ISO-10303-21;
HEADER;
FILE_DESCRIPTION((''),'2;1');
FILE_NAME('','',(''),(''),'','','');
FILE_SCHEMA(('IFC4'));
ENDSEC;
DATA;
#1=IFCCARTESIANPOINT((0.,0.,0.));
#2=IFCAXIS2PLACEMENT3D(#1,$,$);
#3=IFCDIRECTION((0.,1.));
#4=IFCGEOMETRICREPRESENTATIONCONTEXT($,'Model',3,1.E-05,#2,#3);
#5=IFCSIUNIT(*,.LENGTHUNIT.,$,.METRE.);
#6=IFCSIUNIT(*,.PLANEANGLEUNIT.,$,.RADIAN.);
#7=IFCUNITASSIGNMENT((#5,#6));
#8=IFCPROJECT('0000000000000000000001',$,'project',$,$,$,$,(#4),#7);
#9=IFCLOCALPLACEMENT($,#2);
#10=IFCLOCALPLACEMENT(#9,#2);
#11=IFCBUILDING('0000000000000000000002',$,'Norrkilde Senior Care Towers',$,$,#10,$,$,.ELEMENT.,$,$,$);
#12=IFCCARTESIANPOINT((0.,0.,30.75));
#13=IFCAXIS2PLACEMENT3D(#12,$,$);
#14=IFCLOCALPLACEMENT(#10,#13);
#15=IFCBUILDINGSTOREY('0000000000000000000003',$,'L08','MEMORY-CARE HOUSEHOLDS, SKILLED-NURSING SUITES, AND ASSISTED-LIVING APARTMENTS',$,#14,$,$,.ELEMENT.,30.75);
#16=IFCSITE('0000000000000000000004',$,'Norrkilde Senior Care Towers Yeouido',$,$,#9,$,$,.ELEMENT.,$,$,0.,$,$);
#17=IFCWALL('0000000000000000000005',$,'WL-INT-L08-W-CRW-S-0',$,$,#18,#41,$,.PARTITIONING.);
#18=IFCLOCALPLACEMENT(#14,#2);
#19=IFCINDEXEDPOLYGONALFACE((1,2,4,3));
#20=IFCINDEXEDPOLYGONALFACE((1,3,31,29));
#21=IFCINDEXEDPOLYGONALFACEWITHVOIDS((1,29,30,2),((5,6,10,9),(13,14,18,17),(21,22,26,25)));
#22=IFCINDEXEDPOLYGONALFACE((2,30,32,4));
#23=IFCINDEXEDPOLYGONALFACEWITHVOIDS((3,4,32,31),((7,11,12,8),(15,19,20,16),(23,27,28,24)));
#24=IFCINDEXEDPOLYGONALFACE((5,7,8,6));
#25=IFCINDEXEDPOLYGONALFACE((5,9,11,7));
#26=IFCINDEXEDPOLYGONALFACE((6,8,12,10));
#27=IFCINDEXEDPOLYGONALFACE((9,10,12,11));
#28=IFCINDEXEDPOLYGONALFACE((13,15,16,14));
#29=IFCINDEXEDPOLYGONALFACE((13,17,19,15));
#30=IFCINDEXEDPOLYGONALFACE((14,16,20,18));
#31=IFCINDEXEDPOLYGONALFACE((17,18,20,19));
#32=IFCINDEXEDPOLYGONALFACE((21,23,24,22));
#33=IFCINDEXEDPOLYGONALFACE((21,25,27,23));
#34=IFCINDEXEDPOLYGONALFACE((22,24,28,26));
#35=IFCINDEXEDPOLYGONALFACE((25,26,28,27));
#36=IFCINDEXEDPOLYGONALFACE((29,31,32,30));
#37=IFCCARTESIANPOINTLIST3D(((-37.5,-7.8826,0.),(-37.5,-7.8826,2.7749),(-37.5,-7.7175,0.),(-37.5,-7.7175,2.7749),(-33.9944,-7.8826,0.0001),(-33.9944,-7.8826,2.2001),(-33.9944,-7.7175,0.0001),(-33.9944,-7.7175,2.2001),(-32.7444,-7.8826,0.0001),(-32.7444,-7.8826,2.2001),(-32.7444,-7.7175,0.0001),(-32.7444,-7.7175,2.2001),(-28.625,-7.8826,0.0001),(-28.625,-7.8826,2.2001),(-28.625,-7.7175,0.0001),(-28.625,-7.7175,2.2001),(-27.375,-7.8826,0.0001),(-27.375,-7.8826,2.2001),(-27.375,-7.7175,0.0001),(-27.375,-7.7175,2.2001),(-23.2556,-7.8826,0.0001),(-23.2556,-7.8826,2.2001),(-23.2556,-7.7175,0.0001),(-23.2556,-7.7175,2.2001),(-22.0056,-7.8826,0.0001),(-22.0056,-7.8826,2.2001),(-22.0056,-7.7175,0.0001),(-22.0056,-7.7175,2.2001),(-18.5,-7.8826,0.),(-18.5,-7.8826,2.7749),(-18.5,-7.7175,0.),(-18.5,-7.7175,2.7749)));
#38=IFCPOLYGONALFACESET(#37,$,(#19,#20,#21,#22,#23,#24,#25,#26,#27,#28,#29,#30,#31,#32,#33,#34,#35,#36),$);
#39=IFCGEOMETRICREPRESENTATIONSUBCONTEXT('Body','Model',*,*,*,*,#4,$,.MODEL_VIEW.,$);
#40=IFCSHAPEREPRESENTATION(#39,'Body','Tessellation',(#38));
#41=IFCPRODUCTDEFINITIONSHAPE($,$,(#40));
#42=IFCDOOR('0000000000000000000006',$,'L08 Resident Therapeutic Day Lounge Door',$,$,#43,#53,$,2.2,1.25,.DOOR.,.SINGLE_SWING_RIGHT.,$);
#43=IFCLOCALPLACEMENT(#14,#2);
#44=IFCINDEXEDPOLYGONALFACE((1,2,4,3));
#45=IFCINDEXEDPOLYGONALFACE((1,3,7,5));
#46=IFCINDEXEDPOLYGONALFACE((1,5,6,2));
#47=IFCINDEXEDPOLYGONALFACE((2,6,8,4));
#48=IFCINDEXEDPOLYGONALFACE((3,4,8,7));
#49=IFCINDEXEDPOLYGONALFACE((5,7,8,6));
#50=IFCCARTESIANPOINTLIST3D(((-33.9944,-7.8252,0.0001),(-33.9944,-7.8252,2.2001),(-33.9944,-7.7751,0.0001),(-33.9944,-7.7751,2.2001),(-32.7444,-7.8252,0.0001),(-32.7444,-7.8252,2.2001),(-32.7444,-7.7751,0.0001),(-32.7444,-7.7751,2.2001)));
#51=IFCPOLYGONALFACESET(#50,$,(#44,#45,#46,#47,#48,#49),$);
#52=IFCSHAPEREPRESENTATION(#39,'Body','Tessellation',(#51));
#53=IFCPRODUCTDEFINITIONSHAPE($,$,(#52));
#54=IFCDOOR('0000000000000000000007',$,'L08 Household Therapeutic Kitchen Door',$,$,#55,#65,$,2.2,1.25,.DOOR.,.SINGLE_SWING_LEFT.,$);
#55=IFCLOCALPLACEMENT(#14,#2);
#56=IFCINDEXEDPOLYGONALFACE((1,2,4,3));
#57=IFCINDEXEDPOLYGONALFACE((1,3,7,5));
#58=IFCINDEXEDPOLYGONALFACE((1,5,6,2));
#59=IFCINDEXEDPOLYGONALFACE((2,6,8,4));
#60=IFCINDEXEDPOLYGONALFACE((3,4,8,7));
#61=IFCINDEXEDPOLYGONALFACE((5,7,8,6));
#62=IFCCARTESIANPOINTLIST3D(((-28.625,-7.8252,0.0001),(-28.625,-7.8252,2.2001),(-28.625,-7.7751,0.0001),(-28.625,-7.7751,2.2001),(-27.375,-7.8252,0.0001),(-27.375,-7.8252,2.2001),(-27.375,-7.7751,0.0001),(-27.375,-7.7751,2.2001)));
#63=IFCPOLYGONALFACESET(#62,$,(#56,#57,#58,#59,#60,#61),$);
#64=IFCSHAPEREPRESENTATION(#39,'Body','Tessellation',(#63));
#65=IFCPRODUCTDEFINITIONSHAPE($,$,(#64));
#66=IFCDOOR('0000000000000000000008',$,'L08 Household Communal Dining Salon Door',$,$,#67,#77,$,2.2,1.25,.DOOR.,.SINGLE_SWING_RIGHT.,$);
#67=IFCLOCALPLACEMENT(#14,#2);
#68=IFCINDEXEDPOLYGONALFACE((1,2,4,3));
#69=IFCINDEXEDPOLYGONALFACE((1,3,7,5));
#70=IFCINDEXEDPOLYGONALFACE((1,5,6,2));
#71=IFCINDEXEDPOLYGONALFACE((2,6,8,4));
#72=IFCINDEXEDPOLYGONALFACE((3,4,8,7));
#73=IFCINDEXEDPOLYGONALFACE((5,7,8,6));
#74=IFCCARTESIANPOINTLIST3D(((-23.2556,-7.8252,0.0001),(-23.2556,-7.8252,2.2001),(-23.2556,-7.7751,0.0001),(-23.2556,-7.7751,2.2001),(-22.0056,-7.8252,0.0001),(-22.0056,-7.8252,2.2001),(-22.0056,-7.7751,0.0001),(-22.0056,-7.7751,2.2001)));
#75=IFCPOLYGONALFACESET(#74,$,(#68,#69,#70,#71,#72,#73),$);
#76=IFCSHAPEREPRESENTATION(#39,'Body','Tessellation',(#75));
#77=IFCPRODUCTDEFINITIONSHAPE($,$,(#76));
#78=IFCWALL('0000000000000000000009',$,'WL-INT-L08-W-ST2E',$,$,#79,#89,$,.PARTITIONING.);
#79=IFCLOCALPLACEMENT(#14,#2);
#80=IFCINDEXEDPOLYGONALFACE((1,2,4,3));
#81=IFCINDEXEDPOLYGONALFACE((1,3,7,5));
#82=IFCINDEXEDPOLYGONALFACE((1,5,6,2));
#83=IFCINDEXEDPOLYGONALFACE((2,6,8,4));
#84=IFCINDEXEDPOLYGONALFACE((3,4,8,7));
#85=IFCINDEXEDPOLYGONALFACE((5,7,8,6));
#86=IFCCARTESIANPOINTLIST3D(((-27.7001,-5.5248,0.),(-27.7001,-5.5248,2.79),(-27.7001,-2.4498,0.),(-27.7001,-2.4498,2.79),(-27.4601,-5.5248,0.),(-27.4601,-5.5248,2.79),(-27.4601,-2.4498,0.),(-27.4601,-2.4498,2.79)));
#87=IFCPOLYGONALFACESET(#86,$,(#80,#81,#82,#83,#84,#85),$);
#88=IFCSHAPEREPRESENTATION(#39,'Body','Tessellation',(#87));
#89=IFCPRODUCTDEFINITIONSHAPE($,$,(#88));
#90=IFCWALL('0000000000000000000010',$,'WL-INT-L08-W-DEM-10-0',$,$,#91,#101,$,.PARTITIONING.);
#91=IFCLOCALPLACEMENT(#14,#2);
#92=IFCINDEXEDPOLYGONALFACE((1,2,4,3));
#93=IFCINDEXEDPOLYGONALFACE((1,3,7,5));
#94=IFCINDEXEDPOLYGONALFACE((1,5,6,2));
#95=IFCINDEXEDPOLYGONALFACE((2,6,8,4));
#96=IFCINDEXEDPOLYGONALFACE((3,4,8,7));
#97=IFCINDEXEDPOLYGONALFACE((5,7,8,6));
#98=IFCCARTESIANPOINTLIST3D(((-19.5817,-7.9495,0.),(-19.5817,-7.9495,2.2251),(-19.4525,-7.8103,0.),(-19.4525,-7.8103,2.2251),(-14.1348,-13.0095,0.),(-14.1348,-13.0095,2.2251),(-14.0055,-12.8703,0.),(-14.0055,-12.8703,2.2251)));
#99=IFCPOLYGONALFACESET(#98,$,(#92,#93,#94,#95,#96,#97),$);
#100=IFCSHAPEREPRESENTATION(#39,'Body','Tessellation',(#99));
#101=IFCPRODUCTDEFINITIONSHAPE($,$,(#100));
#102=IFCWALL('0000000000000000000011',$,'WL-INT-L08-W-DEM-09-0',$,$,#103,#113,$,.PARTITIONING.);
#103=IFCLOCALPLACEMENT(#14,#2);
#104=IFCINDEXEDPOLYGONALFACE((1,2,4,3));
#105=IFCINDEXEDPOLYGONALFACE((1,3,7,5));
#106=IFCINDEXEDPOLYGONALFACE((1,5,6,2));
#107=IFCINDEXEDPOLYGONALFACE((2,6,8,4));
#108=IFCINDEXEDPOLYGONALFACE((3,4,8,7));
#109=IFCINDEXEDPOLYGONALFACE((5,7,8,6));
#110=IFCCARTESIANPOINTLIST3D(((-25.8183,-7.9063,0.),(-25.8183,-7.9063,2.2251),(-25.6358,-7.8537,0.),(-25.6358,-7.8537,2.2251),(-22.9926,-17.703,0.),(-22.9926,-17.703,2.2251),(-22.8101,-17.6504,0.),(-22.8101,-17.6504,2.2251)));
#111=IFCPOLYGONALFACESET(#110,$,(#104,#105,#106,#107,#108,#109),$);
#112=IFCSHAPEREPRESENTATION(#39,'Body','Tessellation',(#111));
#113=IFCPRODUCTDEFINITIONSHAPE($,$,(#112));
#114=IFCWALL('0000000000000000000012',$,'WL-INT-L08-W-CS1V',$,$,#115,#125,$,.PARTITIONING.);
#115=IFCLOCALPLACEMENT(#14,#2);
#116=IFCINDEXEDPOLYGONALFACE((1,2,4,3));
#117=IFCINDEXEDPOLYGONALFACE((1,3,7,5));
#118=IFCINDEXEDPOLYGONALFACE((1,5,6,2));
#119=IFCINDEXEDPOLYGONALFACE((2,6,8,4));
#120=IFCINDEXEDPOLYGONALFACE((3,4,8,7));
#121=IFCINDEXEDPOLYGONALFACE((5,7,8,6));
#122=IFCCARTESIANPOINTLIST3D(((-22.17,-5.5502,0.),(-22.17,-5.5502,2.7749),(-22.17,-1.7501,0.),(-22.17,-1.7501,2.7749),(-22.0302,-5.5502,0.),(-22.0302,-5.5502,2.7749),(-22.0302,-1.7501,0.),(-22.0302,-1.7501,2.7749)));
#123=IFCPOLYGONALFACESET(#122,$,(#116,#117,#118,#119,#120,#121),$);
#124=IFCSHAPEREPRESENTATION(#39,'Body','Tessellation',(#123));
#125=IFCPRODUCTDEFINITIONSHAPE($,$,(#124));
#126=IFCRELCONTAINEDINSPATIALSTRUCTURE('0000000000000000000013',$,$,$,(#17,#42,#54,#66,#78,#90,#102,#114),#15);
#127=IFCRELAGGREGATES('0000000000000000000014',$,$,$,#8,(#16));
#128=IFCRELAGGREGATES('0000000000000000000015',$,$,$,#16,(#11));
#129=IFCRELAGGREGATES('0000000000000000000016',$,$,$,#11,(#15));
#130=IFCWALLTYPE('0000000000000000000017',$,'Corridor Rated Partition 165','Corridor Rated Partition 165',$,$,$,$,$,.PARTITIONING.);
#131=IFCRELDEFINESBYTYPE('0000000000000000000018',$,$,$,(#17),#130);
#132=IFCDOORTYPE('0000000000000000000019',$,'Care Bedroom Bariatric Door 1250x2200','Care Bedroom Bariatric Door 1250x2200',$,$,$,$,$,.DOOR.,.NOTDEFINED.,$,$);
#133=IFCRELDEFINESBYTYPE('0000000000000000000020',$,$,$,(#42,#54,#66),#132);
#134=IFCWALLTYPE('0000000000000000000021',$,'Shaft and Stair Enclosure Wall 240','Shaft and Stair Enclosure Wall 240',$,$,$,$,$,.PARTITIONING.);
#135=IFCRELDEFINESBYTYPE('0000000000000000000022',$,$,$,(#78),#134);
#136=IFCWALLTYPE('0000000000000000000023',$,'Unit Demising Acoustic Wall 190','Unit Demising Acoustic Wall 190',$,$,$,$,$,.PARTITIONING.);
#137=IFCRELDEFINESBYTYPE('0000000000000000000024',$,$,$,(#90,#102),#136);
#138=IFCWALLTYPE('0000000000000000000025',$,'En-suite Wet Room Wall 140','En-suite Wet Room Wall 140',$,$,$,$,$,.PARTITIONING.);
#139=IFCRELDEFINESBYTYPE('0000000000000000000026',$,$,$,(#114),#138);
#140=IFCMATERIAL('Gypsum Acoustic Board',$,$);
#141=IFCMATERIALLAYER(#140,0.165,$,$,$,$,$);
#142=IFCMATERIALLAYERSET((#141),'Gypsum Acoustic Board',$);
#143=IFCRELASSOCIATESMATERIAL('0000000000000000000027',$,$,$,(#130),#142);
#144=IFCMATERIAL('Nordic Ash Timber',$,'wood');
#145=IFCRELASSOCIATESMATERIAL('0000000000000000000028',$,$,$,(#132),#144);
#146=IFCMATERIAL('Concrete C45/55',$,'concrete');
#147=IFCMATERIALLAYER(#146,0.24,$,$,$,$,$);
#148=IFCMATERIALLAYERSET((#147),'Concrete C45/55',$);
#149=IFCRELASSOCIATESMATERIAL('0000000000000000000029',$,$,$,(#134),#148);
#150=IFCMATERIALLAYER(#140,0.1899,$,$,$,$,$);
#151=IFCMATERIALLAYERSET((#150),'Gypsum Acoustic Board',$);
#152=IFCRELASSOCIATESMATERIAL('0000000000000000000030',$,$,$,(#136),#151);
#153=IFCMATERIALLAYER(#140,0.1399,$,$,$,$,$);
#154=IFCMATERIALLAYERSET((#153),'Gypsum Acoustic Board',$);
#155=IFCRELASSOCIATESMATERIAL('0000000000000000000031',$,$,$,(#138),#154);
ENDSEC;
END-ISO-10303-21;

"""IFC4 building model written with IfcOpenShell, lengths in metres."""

from ifc_helpers import new_model, si_unit, direction, frame, frame_2d, origin, place, context, subcontext, project, spatial, rectangle, extrude, source, transform, mapped, material, layer, layer_set, type_object, type_shapes, element, fill, save


model = new_model("IFC4")

# Units and contexts
model_context = context("Model", 3, precision=1e-05, world=origin(), true_north=direction((0.0, 1.0)))
body_context = subcontext(model_context, "Body", "Model", "MODEL_VIEW")
ifc_project = project(units=[si_unit("LENGTHUNIT", "METRE"), si_unit("PLANEANGLEUNIT", "RADIAN")], contexts=[model_context])

# Site, building, storey
site_placement = place(None, origin())
site = spatial("IfcSite", under=ifc_project, at=site_placement, Name="Norrkilde Senior Care Towers Yeouido", CompositionType="ELEMENT", RefElevation=0.0)
building_placement = place(site_placement, origin())
building = spatial("IfcBuilding", under=site, at=building_placement, Name="Norrkilde Senior Care Towers", CompositionType="ELEMENT")
storey_placement = place(building_placement, frame((0.0, 0.0, 30.75)))
storey = spatial("IfcBuildingStorey", under=building, at=storey_placement, Name="L08", Description="MEMORY-CARE HOUSEHOLDS, SKILLED-NURSING SUITES, AND ASSISTED-LIVING APARTMENTS", CompositionType="ELEMENT", Elevation=30.75)

# Shared definitions
ifc_material_1 = material(Name="Concrete C45/55", Category="concrete")

# Wall, openings, doors
ifc_material_2 = material(Name="Gypsum Acoustic Board")
ifc_layer_1 = layer(ifc_material_2, 0.165)
ifc_layer_set_1 = layer_set([ifc_layer_1], Name="Gypsum Acoustic Board")
wall_type_1 = type_object("IfcWallType", Name="Corridor Rated Partition 165", Description="Corridor Rated Partition 165", PredefinedType="PARTITIONING", material=ifc_layer_set_1)
shared_shape_1 = source(origin(), body_context, "Body", "SweptSolid", [
    extrude(rectangle(XDim=19.0, YDim=0.165, at=frame_2d((9.5, 0.0))), origin(), (0.0, 0.0, 1.0), 2.7749),
])
wall_1_placement = place(storey_placement, frame((-18.5, -7.8, 0.0), z_axis=(0.0, 0.0, 1.0), x_axis=(-1.0, 0.0, 0.0)))
wall_1 = element("IfcWall", 1, at=wall_1_placement, inside=storey, type_object=wall_type_1, Name="WL-INT-L08-W-CRW-S-0", PredefinedType="PARTITIONING", context=body_context, shape_type="MappedRepresentation", body=[
    mapped(shared_shape_1, transform((0.0, 0.0, 0.0), x_axis=(1.0, 0.0, 0.0), y_axis=(0.0, 1.0, 0.0), z_axis=(0.0, 0.0, 1.0), scale=1.0)),
])
opening_1_placement = place(wall_1_placement, frame((14.2444, 0.0, 0.0)))
opening_1 = element("IfcOpeningElement", 2, at=opening_1_placement, cuts=wall_1, PredefinedType="OPENING", context=body_context, shape_type="SweptSolid", body=[
    extrude(rectangle(XDim=1.25, YDim=2.2, at=frame_2d((0.625, 1.1001))), frame((0.0, 0.0925, 0.0), z_axis=(0.0, -1.0, 0.0), x_axis=(1.0, 0.0, 0.0)), (0.0, 0.0, 1.0), 0.1851),
])
opening_2_placement = place(wall_1_placement, frame((8.875, 0.0, 0.0)))
opening_2 = element("IfcOpeningElement", 3, at=opening_2_placement, cuts=wall_1, PredefinedType="OPENING", context=body_context, shape_type="SweptSolid", body=[
    extrude(rectangle(XDim=1.25, YDim=2.2, at=frame_2d((0.625, 1.1001))), frame((0.0, 0.0925, 0.0), z_axis=(0.0, -1.0, 0.0), x_axis=(1.0, 0.0, 0.0)), (0.0, 0.0, 1.0), 0.1851),
])
opening_3_placement = place(wall_1_placement, frame((3.5056, 0.0, 0.0)))
opening_3 = element("IfcOpeningElement", 4, at=opening_3_placement, cuts=wall_1, PredefinedType="OPENING", context=body_context, shape_type="SweptSolid", body=[
    extrude(rectangle(XDim=1.25, YDim=2.2, at=frame_2d((0.625, 1.1001))), frame((0.0, 0.0925, 0.0), z_axis=(0.0, -1.0, 0.0), x_axis=(1.0, 0.0, 0.0)), (0.0, 0.0, 1.0), 0.1851),
])
ifc_material_3 = material(Name="Nordic Ash Timber", Category="wood")
door_type_1 = type_object("IfcDoorType", Name="Care Bedroom Bariatric Door 1250x2200", Description="Care Bedroom Bariatric Door 1250x2200", OperationType="NOTDEFINED", PredefinedType="DOOR", material=ifc_material_3)
shared_shape_2 = source(origin(), body_context, "Body", "SweptSolid", [
    extrude(rectangle(XDim=1.25, YDim=2.2, at=frame_2d((0.625, 1.1001))), frame((0.0, 0.0249, 0.0), z_axis=(0.0, -1.0, 0.0), x_axis=(1.0, 0.0, 0.0)), (0.0, 0.0, 1.0), 0.05),
])
type_shapes(door_type_1, [shared_shape_2])
door_1_placement = place(opening_1_placement, frame((1.25, 0.0, 0.0), z_axis=(0.0, 0.0, 1.0), x_axis=(-1.0, 0.0, 0.0)))
door_1 = element("IfcDoor", 5, at=door_1_placement, inside=storey, type_object=door_type_1, Name="L08 Resident Therapeutic Day Lounge Door", OperationType="SINGLE_SWING_RIGHT", OverallHeight=2.2, OverallWidth=1.25, PredefinedType="DOOR", context=body_context, shape_type="MappedRepresentation", body=[
    mapped(shared_shape_2, transform((0.0, 0.0, 0.0), x_axis=(1.0, 0.0, 0.0), y_axis=(0.0, 1.0, 0.0), z_axis=(0.0, 0.0, 1.0), scale=1.0)),
])
fill(opening_1, door_1)
door_2_placement = place(opening_2_placement, frame((1.25, 0.0, 0.0), z_axis=(0.0, 0.0, 1.0), x_axis=(-1.0, 0.0, 0.0)))
door_2 = element("IfcDoor", 6, at=door_2_placement, inside=storey, type_object=door_type_1, Name="L08 Household Therapeutic Kitchen Door", OperationType="SINGLE_SWING_LEFT", OverallHeight=2.2, OverallWidth=1.25, PredefinedType="DOOR", context=body_context, shape_type="MappedRepresentation", body=[
    mapped(shared_shape_2, transform((0.0, 0.0, 0.0), x_axis=(1.0, 0.0, 0.0), y_axis=(0.0, 1.0, 0.0), z_axis=(0.0, 0.0, 1.0), scale=1.0)),
])
fill(opening_2, door_2)
door_3_placement = place(opening_3_placement, frame((1.25, 0.0, 0.0), z_axis=(0.0, 0.0, 1.0), x_axis=(-1.0, 0.0, 0.0)))
door_3 = element("IfcDoor", 7, at=door_3_placement, inside=storey, type_object=door_type_1, Name="L08 Household Communal Dining Salon Door", OperationType="SINGLE_SWING_RIGHT", OverallHeight=2.2, OverallWidth=1.25, PredefinedType="DOOR", context=body_context, shape_type="MappedRepresentation", body=[
    mapped(shared_shape_2, transform((0.0, 0.0, 0.0), x_axis=(1.0, 0.0, 0.0), y_axis=(0.0, 1.0, 0.0), z_axis=(0.0, 0.0, 1.0), scale=1.0)),
])
fill(opening_3, door_3)

# Walls
ifc_layer_2 = layer(ifc_material_1, 0.24)
ifc_layer_set_2 = layer_set([ifc_layer_2], Name="Concrete C45/55")
wall_type_2 = type_object("IfcWallType", Name="Shaft and Stair Enclosure Wall 240", Description="Shaft and Stair Enclosure Wall 240", PredefinedType="PARTITIONING", material=ifc_layer_set_2)
shared_shape_3 = source(origin(), body_context, "Body", "SweptSolid", [
    extrude(rectangle(XDim=3.075, YDim=0.24, at=frame_2d((1.5376, 0.0))), origin(), (0.0, 0.0, 1.0), 2.79),
])
type_shapes(wall_type_2, [shared_shape_3])
wall_2_placement = place(storey_placement, frame((-27.5801, -5.5249, 0.0), z_axis=(0.0, 0.0, 1.0), x_axis=(0.0, 1.0, 0.0)))
element("IfcWall", 8, at=wall_2_placement, inside=storey, type_object=wall_type_2, Name="WL-INT-L08-W-ST2E", PredefinedType="PARTITIONING", context=body_context, shape_type="MappedRepresentation", body=[
    mapped(shared_shape_3, transform((0.0, 0.0, 0.0), x_axis=(1.0, 0.0, 0.0), y_axis=(0.0, 1.0, 0.0), z_axis=(0.0, 0.0, 1.0), scale=1.0)),
])
ifc_layer_3 = layer(ifc_material_2, 0.1899)
ifc_layer_set_3 = layer_set([ifc_layer_3], Name="Gypsum Acoustic Board")
wall_type_3 = type_object("IfcWallType", Name="Unit Demising Acoustic Wall 190", Description="Unit Demising Acoustic Wall 190", PredefinedType="PARTITIONING", material=ifc_layer_set_3)
shared_shape_4 = source(origin(), body_context, "Body", "SweptSolid", [
    extrude(rectangle(XDim=7.4346, YDim=0.1899, at=frame_2d((3.7173, 0.0))), origin(), (0.0, 0.0, 1.0), 2.2251),
])
wall_3_placement = place(storey_placement, frame((-19.5171, -7.8799, 0.0), z_axis=(0.0, 0.0, 1.0), x_axis=(0.732652, -0.680603, 0.0)))
element("IfcWall", 9, at=wall_3_placement, inside=storey, type_object=wall_type_3, Name="WL-INT-L08-W-DEM-10-0", PredefinedType="PARTITIONING", context=body_context, shape_type="MappedRepresentation", body=[
    mapped(shared_shape_4, transform((0.0, 0.0, 0.0), x_axis=(1.0, 0.0, 0.0), y_axis=(0.0, 1.0, 0.0), z_axis=(0.0, 0.0, 1.0), scale=1.0)),
])
shared_shape_5 = source(origin(), body_context, "Body", "SweptSolid", [
    extrude(rectangle(XDim=10.196, YDim=0.1899, at=frame_2d((5.0981, 0.0))), origin(), (0.0, 0.0, 1.0), 2.2251),
])
type_shapes(wall_type_3, [shared_shape_4, shared_shape_5])
wall_4_placement = place(storey_placement, frame((-25.7271, -7.8799, 0.0), z_axis=(0.0, 0.0, 1.0), x_axis=(0.277136, -0.960831, 0.0)))
element("IfcWall", 10, at=wall_4_placement, inside=storey, type_object=wall_type_3, Name="WL-INT-L08-W-DEM-09-0", PredefinedType="PARTITIONING", context=body_context, shape_type="MappedRepresentation", body=[
    mapped(shared_shape_5, transform((0.0, 0.0, 0.0), x_axis=(1.0, 0.0, 0.0), y_axis=(0.0, 1.0, 0.0), z_axis=(0.0, 0.0, 1.0), scale=1.0)),
])
ifc_layer_4 = layer(ifc_material_2, 0.1399)
ifc_layer_set_4 = layer_set([ifc_layer_4], Name="Gypsum Acoustic Board")
wall_type_4 = type_object("IfcWallType", Name="En-suite Wet Room Wall 140", Description="En-suite Wet Room Wall 140", PredefinedType="PARTITIONING", material=ifc_layer_set_4)
shared_shape_6 = source(origin(), body_context, "Body", "SweptSolid", [
    extrude(rectangle(XDim=3.8, YDim=0.1399, at=frame_2d((1.8999, 0.0))), origin(), (0.0, 0.0, 1.0), 2.7749),
])
type_shapes(wall_type_4, [shared_shape_6])
wall_5_placement = place(storey_placement, frame((-22.1001, -5.55, 0.0), z_axis=(0.0, 0.0, 1.0), x_axis=(0.0, 1.0, 0.0)))
element("IfcWall", 11, at=wall_5_placement, inside=storey, type_object=wall_type_4, Name="WL-INT-L08-W-CS1V", PredefinedType="PARTITIONING", context=body_context, shape_type="MappedRepresentation", body=[
    mapped(shared_shape_6, transform((0.0, 0.0, 0.0), x_axis=(1.0, 0.0, 0.0), y_axis=(0.0, 1.0, 0.0), z_axis=(0.0, 0.0, 1.0), scale=1.0)),
])

save(model, "model.ifc")
